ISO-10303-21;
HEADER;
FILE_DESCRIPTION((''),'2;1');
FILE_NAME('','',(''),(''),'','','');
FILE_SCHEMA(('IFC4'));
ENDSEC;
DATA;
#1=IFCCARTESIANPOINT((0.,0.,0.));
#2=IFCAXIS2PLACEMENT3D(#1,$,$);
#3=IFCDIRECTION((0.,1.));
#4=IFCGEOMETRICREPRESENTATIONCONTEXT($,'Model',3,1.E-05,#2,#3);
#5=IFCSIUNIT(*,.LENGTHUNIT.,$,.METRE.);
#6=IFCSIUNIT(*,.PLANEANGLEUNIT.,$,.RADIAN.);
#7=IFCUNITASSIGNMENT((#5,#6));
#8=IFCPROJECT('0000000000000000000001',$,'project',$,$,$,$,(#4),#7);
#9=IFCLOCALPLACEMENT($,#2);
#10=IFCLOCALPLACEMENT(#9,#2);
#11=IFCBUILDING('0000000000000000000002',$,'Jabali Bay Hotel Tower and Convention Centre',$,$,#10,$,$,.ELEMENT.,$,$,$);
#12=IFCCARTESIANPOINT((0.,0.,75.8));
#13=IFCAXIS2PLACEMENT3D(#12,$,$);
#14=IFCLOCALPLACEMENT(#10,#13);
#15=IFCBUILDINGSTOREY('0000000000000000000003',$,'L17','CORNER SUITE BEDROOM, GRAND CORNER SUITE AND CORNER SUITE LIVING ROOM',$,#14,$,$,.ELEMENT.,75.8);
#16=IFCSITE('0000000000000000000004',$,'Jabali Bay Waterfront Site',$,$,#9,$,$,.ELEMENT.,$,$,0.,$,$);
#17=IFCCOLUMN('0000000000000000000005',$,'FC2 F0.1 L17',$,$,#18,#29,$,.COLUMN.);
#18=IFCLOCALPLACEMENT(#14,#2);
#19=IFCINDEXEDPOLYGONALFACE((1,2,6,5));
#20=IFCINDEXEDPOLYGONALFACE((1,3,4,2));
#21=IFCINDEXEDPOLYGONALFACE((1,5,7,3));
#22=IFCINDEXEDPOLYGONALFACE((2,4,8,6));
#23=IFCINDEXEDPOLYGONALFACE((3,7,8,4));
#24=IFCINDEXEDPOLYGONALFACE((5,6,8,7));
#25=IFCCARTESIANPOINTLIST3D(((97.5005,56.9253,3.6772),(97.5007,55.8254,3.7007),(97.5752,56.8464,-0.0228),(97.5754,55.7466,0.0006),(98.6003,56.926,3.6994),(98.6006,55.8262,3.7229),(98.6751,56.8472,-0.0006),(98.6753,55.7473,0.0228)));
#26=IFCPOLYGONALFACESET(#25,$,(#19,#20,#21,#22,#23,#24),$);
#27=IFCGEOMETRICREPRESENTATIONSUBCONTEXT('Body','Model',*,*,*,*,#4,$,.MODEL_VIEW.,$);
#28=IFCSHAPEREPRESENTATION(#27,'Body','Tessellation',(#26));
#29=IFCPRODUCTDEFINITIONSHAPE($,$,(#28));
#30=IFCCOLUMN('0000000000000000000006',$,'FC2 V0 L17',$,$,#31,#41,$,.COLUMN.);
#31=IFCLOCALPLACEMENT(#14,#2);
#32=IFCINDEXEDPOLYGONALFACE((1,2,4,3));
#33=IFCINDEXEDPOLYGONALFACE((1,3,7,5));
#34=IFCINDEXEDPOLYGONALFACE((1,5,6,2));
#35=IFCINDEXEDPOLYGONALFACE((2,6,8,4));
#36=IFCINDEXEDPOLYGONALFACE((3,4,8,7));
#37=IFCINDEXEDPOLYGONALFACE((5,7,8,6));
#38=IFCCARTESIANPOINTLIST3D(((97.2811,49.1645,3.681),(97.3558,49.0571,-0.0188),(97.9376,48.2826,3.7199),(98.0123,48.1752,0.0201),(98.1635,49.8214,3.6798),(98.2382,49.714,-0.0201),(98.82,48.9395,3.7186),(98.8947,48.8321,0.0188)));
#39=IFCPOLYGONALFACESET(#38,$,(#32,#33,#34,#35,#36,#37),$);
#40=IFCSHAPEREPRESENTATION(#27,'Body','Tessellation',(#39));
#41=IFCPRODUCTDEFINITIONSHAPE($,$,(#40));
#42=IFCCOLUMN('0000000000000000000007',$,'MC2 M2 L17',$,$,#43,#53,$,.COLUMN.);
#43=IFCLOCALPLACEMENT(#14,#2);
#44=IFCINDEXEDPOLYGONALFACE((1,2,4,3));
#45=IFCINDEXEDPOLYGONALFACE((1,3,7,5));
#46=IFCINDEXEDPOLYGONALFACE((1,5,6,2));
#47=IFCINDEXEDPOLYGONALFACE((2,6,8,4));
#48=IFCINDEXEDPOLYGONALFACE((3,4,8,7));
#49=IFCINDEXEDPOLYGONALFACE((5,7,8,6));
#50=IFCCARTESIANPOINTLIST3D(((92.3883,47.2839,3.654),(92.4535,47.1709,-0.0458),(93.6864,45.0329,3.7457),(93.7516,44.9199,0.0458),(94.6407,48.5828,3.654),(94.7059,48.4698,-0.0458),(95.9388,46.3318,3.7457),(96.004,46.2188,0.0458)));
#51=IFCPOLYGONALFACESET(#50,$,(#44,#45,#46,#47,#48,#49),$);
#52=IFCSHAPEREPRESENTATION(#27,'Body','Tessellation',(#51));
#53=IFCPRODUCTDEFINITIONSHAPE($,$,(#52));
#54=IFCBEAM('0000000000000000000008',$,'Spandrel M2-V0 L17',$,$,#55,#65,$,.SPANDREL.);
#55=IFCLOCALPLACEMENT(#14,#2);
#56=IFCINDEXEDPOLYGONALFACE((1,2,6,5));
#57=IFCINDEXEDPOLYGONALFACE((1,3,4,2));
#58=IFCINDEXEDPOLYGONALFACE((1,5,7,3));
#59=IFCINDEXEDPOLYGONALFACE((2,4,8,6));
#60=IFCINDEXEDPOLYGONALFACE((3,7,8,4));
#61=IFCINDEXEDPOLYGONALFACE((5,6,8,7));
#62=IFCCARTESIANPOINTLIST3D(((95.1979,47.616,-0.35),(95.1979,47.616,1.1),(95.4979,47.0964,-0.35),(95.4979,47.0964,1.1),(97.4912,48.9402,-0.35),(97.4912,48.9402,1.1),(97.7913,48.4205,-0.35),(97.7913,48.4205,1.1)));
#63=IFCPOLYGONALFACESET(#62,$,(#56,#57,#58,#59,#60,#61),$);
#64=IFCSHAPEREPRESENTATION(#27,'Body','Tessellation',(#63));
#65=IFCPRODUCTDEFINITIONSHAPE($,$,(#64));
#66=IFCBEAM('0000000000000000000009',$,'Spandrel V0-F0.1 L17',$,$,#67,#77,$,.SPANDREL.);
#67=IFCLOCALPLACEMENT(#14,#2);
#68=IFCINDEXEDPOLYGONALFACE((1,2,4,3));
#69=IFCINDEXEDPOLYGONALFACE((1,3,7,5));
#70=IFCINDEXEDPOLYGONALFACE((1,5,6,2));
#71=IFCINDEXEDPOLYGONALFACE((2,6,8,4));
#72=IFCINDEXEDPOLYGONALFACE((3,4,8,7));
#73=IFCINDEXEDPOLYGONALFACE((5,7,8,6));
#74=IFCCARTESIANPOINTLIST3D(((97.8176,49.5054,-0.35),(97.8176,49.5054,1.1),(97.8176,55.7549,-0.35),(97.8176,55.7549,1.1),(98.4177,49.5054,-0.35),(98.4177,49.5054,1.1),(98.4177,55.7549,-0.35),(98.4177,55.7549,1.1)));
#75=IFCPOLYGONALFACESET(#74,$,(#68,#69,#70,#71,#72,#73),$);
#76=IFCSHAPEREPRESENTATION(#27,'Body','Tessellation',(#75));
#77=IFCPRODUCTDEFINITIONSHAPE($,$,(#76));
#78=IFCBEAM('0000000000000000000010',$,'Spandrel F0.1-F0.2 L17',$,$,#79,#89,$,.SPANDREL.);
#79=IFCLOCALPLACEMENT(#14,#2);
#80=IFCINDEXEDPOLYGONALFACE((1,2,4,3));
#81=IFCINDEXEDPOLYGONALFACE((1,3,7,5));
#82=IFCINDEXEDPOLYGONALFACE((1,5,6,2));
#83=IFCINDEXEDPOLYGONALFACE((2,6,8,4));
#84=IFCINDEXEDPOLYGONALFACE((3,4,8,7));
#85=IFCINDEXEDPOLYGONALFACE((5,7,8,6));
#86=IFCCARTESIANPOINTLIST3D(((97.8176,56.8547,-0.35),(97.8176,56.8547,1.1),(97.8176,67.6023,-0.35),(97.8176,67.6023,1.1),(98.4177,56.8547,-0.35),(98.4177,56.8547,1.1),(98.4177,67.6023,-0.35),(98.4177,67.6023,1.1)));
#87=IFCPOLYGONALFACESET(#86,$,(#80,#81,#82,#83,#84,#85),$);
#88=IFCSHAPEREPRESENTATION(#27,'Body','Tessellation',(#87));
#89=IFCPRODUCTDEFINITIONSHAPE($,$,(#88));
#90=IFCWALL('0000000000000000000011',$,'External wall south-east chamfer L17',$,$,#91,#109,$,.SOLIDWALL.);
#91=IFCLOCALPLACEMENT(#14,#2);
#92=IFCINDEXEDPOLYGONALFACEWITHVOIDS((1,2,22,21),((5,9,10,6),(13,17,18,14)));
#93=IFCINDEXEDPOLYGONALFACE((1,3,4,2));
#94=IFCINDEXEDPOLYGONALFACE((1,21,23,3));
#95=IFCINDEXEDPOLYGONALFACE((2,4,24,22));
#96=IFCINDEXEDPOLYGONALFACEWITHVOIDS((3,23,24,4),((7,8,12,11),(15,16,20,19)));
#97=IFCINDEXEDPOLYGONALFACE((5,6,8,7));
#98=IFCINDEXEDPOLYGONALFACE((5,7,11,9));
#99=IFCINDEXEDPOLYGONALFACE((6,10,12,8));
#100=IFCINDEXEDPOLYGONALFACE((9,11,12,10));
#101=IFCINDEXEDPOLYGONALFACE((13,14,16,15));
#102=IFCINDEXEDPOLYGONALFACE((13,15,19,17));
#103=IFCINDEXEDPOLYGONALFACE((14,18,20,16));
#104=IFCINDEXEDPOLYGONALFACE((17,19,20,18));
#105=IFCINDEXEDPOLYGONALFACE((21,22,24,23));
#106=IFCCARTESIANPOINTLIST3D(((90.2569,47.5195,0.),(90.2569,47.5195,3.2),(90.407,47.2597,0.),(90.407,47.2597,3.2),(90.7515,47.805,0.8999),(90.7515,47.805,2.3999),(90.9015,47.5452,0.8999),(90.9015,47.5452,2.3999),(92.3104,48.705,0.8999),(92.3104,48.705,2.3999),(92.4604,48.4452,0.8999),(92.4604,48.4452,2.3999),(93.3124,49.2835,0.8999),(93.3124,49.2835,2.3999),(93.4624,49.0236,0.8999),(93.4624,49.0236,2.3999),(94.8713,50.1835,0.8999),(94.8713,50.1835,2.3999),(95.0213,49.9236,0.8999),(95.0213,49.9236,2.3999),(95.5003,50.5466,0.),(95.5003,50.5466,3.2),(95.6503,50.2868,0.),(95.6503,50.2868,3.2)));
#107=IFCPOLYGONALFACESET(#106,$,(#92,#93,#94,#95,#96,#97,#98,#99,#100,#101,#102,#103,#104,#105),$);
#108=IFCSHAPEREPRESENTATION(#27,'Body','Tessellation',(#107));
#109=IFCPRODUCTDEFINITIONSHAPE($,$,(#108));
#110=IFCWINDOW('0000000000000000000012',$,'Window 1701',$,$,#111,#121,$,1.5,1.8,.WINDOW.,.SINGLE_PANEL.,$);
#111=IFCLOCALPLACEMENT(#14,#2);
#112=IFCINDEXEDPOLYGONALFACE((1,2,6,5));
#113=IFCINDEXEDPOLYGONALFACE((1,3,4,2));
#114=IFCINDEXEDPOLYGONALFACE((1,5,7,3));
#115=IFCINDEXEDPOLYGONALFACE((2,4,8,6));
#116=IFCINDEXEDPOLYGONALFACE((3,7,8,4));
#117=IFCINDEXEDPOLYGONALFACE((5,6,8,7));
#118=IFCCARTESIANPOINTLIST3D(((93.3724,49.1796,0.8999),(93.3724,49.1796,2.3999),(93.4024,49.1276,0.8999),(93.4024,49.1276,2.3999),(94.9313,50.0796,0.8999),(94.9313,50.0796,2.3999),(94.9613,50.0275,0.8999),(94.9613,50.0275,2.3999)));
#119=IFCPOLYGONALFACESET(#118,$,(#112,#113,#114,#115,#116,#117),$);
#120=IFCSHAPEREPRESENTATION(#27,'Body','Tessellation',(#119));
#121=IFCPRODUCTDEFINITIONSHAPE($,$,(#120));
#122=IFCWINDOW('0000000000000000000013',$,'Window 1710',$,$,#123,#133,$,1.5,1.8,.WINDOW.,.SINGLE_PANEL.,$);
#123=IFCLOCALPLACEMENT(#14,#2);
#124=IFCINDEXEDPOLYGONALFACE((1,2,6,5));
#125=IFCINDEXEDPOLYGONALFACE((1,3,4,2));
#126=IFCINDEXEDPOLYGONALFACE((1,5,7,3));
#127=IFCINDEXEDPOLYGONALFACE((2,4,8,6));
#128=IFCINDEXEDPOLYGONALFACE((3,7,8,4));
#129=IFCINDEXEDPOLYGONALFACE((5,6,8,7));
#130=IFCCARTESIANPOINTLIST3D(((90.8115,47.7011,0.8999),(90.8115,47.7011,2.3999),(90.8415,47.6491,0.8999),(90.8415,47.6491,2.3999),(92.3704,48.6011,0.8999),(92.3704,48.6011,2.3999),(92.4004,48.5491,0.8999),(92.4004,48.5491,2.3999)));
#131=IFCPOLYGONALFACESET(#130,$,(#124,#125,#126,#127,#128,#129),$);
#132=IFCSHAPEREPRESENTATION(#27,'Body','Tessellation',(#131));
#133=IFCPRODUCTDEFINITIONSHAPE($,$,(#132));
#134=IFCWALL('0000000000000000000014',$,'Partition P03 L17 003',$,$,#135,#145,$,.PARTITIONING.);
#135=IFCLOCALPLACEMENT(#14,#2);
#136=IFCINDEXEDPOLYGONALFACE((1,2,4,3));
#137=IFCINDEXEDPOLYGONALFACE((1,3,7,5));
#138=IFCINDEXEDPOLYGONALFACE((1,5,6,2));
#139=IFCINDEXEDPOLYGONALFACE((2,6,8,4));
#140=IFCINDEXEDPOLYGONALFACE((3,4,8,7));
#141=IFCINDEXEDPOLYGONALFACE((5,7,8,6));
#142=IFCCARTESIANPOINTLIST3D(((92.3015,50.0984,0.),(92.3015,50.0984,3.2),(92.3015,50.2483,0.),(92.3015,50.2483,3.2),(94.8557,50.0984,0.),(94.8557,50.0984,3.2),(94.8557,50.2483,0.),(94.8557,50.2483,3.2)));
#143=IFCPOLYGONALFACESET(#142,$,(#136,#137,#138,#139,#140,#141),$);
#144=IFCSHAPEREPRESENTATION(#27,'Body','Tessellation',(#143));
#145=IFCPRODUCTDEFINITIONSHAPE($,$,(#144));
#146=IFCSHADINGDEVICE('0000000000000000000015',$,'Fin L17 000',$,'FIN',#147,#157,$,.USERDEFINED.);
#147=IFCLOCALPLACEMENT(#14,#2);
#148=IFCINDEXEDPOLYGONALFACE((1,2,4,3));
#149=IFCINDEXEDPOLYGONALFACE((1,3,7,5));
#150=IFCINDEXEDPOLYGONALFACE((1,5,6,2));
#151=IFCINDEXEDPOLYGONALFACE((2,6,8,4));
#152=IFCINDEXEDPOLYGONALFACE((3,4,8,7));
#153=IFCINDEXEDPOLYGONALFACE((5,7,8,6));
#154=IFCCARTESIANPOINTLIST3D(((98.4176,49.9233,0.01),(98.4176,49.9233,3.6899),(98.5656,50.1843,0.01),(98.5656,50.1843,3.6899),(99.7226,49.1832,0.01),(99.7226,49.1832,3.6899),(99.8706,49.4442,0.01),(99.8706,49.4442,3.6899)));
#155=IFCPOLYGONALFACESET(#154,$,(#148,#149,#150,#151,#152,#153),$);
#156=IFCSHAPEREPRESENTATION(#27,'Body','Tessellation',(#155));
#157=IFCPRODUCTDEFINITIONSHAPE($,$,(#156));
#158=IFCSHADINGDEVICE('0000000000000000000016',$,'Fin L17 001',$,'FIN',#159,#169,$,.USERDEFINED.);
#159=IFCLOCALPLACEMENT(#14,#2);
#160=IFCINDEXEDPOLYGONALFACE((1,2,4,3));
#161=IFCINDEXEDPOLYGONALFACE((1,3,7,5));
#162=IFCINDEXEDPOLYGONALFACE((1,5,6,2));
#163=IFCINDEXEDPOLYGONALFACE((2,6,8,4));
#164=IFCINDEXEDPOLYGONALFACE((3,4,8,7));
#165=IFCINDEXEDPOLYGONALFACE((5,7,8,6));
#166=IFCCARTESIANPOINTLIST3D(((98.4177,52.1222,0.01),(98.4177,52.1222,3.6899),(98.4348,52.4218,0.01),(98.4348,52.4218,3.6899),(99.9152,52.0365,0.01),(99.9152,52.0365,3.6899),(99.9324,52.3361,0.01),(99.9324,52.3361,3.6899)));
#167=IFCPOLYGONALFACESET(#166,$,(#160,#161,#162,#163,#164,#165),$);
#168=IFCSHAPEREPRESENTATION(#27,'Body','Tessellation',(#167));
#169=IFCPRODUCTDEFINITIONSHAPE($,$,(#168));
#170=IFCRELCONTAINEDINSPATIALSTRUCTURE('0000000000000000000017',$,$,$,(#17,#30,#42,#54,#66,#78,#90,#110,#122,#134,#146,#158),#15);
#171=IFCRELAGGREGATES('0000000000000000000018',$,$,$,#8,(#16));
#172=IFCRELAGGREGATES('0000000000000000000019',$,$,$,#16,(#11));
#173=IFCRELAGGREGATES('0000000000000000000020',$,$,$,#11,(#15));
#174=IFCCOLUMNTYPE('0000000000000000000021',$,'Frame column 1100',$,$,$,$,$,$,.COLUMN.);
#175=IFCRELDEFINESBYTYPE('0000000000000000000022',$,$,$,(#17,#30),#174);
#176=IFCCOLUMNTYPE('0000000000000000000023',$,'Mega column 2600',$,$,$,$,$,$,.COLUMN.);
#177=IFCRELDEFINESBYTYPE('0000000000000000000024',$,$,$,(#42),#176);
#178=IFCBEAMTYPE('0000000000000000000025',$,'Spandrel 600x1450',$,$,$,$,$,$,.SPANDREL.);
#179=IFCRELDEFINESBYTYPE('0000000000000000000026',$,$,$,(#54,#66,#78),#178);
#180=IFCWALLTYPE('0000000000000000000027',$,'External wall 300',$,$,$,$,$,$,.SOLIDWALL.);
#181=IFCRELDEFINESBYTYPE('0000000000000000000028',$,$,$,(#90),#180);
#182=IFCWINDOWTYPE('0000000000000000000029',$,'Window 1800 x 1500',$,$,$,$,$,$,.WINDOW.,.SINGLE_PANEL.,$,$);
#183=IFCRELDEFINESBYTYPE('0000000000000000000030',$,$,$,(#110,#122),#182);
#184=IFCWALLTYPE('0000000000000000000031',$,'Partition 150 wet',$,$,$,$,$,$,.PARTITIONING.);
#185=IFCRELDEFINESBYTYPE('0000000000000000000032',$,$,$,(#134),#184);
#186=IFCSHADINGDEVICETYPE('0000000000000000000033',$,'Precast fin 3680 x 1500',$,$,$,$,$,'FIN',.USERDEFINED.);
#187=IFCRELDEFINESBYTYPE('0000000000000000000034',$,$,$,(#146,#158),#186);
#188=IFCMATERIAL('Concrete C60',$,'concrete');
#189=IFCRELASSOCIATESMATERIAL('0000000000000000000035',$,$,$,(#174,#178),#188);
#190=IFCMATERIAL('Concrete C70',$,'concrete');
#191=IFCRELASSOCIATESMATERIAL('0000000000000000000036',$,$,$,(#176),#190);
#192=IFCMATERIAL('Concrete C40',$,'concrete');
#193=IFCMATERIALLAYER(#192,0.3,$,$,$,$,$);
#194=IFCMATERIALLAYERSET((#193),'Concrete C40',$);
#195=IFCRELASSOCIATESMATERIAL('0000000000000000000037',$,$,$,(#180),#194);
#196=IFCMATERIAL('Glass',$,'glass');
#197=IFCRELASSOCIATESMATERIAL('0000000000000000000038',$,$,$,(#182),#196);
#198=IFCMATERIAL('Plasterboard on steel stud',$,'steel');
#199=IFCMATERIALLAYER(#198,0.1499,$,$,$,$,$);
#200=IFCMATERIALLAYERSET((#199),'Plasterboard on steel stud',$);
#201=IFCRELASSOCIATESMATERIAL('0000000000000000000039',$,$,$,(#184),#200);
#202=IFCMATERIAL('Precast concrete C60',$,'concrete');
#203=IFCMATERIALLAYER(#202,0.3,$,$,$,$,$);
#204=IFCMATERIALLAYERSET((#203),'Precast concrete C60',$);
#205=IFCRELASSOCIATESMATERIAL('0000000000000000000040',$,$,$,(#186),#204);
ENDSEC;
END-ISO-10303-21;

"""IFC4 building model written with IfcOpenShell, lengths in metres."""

from ifc_helpers import new_model, si_unit, direction, frame, frame_2d, origin, origin_2d, place, context, subcontext, project, spatial, rectangle, extrude, material, layer, layer_set, material_profile, profile_set, type_object, element, fill, save


model = new_model("IFC4")

# Units and contexts
model_context = context("Model", 3, precision=1e-05, world=origin(), true_north=direction((0.0, 1.0)))
body_context = subcontext(model_context, "Body", "Model", "MODEL_VIEW")
ifc_project = project(units=[si_unit("LENGTHUNIT", "METRE"), si_unit("PLANEANGLEUNIT", "RADIAN")], contexts=[model_context])

# Site, building, storey
site_placement = place(None, origin())
site = spatial("IfcSite", under=ifc_project, at=site_placement, Name="Jabali Bay Waterfront Site", CompositionType="ELEMENT", RefElevation=0.0)
building_placement = place(site_placement, origin())
building = spatial("IfcBuilding", under=site, at=building_placement, Name="Jabali Bay Hotel Tower and Convention Centre", CompositionType="ELEMENT")
storey_placement = place(building_placement, frame((0.0, 0.0, 75.8)))
storey = spatial("IfcBuildingStorey", under=building, at=storey_placement, Name="L17", Description="CORNER SUITE BEDROOM, GRAND CORNER SUITE AND CORNER SUITE LIVING ROOM", CompositionType="ELEMENT", Elevation=75.8)

# Columns
ifc_material_1 = material(Name="Concrete C60", Category="concrete")
ifc_material_profile_1 = material_profile(ifc_material_1, rectangle(XDim=1.1001, YDim=1.1001, at=origin_2d()), Name="Frame column 1100")
ifc_profile_set_1 = profile_set([ifc_material_profile_1], Name="Concrete C60")
column_type_1 = type_object("IfcColumnType", Name="Frame column 1100", PredefinedType="COLUMN", material=ifc_profile_set_1)
column_1_placement = place(storey_placement, frame((98.1252, 56.2969, 0.0), z_axis=(-0.020183, 0.021304, 0.999569), x_axis=(0.000228, -0.999773, 0.021313)))
element("IfcColumn", 1, at=column_1_placement, inside=storey, type_object=column_type_1, Name="FC2 F0.1 L17", PredefinedType="COLUMN", context=body_context, shape_type="SweptSolid", body=[
    extrude(rectangle(XDim=1.1001, YDim=1.1001, at=origin_2d()), origin(), (0.0, 0.0, 1.0), 3.7017),
])
column_2_placement = place(storey_placement, frame((98.1252, 48.9446, 0.0), z_axis=(-0.020179, 0.029015, 0.999375), x_axis=(-0.802162, -0.597105, 0.001139)))
element("IfcColumn", 2, at=column_2_placement, inside=storey, type_object=column_type_1, Name="FC2 V0 L17", PredefinedType="COLUMN", context=body_context, shape_type="SweptSolid", body=[
    extrude(rectangle(XDim=1.1001, YDim=1.1001, at=origin_2d()), origin(), (0.0, 0.0, 1.0), 3.7021),
])
ifc_material_2 = material(Name="Concrete C70", Category="concrete")
ifc_material_profile_2 = material_profile(ifc_material_2, rectangle(XDim=2.6001, YDim=2.6001, at=origin_2d()), Name="Mega column 2600")
ifc_profile_set_2 = profile_set([ifc_material_profile_2], Name="Concrete C70")
column_type_2 = type_object("IfcColumnType", Name="Mega column 2600", PredefinedType="COLUMN", material=ifc_profile_set_2)
column_3_placement = place(storey_placement, frame((94.2288, 46.6948, 0.0), z_axis=(-0.017607, 0.030532, 0.999379), x_axis=(0.49925, -0.865741, 0.035245)))
element("IfcColumn", 3, at=column_3_placement, inside=storey, type_object=column_type_2, Name="MC2 M2 L17", PredefinedType="COLUMN", context=body_context, shape_type="SweptSolid", body=[
    extrude(rectangle(XDim=2.6001, YDim=2.6001, at=origin_2d()), origin(), (0.0, 0.0, 1.0), 3.7021),
])

# Beams
ifc_material_profile_3 = material_profile(ifc_material_1, rectangle(XDim=0.6001, YDim=1.45, at=origin_2d()), Name="Spandrel 600x1450")
ifc_profile_set_3 = profile_set([ifc_material_profile_3], Name="Concrete C60")
beam_type = type_object("IfcBeamType", Name="Spandrel 600x1450", PredefinedType="SPANDREL", material=ifc_profile_set_3)
beam_1_placement = place(storey_placement, frame((95.3479, 47.3562, 0.375), z_axis=(0.866011, 0.500026, 0.0), x_axis=(-0.500026, 0.866011, 0.0)))
element("IfcBeam", 4, at=beam_1_placement, inside=storey, type_object=beam_type, Name="Spandrel M2-V0 L17", PredefinedType="SPANDREL", context=body_context, shape_type="SweptSolid", body=[
    extrude(rectangle(XDim=0.6001, YDim=1.45, at=origin_2d()), origin(), (0.0, 0.0, 1.0), 2.6482),
])
beam_2_placement = place(storey_placement, frame((98.1177, 49.5054, 0.375), z_axis=(0.0, 1.0, 0.0), x_axis=(-1.0, 0.0, 0.0)))
element("IfcBeam", 5, at=beam_2_placement, inside=storey, type_object=beam_type, Name="Spandrel V0-F0.1 L17", PredefinedType="SPANDREL", context=body_context, shape_type="SweptSolid", body=[
    extrude(rectangle(XDim=0.6001, YDim=1.45, at=origin_2d()), origin(), (0.0, 0.0, 1.0), 6.2495),
])
beam_3_placement = place(storey_placement, frame((98.1177, 56.8547, 0.375), z_axis=(0.0, 1.0, 0.0), x_axis=(-1.0, 0.0, 0.0)))
element("IfcBeam", 6, at=beam_3_placement, inside=storey, type_object=beam_type, Name="Spandrel F0.1-F0.2 L17", PredefinedType="SPANDREL", context=body_context, shape_type="SweptSolid", body=[
    extrude(rectangle(XDim=0.6001, YDim=1.45, at=origin_2d()), origin(), (0.0, 0.0, 1.0), 10.7476),
])

# Wall, openings, windows
ifc_material_3 = material(Name="Concrete C40", Category="concrete")
ifc_layer_1 = layer(ifc_material_3, 0.3)
ifc_layer_set_1 = layer_set([ifc_layer_1], Name="Concrete C40")
wall_type_1 = type_object("IfcWallType", Name="External wall 300", PredefinedType="SOLIDWALL", material=ifc_layer_set_1)
wall_1_placement = place(storey_placement, frame((95.5754, 50.4167, 0.0), z_axis=(0.0, 0.0, 1.0), x_axis=(-0.866039, -0.499977, 0.0)))
wall_1 = element("IfcWall", 7, at=wall_1_placement, inside=storey, type_object=wall_type_1, Name="External wall south-east chamfer L17", PredefinedType="SOLIDWALL", context=body_context, shape_type="SweptSolid", body=[
    extrude(rectangle(XDim=6.0544, YDim=0.3, at=frame_2d((3.0273, 0.0))), origin(), (0.0, 0.0, 1.0), 3.2),
])
opening_1_placement = place(wall_1_placement, frame((0.7266, 0.0, 0.8999)))
opening_1 = element("IfcOpeningElement", 8, at=opening_1_placement, cuts=wall_1, PredefinedType="OPENING", context=body_context, shape_type="SweptSolid", body=[
    extrude(rectangle(XDim=1.8, YDim=1.5, at=frame_2d((0.8999, 0.75))), frame((0.0, 0.1606, 0.0), z_axis=(0.0, -1.0, 0.0), x_axis=(1.0, 0.0, 0.0)), (0.0, 0.0, 1.0), 0.321),
])
opening_2_placement = place(wall_1_placement, frame((3.6836, 0.0, 0.8999)))
opening_2 = element("IfcOpeningElement", 9, at=opening_2_placement, cuts=wall_1, PredefinedType="OPENING", context=body_context, shape_type="SweptSolid", body=[
    extrude(rectangle(XDim=1.8, YDim=1.5, at=frame_2d((0.8999, 0.75))), frame((0.0, 0.1606, 0.0), z_axis=(0.0, -1.0, 0.0), x_axis=(1.0, 0.0, 0.0)), (0.0, 0.0, 1.0), 0.321),
])
ifc_material_4 = material(Name="Glass", Category="glass")
window_type = type_object("IfcWindowType", Name="Window 1800 x 1500", PartitioningType="SINGLE_PANEL", PredefinedType="WINDOW", material=ifc_material_4)
window_1_placement = place(opening_1_placement, origin())
window_1 = element("IfcWindow", 10, at=window_1_placement, inside=storey, type_object=window_type, Name="Window 1701", OverallHeight=1.5, OverallWidth=1.8, PartitioningType="SINGLE_PANEL", PredefinedType="WINDOW", context=body_context, shape_type="SweptSolid", body=[
    extrude(rectangle(XDim=1.8, YDim=1.5, at=frame_2d((0.8999, 0.75))), frame((0.0, 0.03, 0.0), z_axis=(0.0, -1.0, 0.0), x_axis=(1.0, 0.0, 0.0)), (0.0, 0.0, 1.0), 0.0601),
])
fill(opening_1, window_1)
window_2_placement = place(opening_2_placement, origin())
window_2 = element("IfcWindow", 11, at=window_2_placement, inside=storey, type_object=window_type, Name="Window 1710", OverallHeight=1.5, OverallWidth=1.8, PartitioningType="SINGLE_PANEL", PredefinedType="WINDOW", context=body_context, shape_type="SweptSolid", body=[
    extrude(rectangle(XDim=1.8, YDim=1.5, at=frame_2d((0.8999, 0.75))), frame((0.0, 0.03, 0.0), z_axis=(0.0, -1.0, 0.0), x_axis=(1.0, 0.0, 0.0)), (0.0, 0.0, 1.0), 0.0601),
])
fill(opening_2, window_2)

# Wall
ifc_material_5 = material(Name="Plasterboard on steel stud", Category="steel")
ifc_layer_2 = layer(ifc_material_5, 0.1499)
ifc_layer_set_2 = layer_set([ifc_layer_2], Name="Plasterboard on steel stud")
wall_type_2 = type_object("IfcWallType", Name="Partition 150 wet", PredefinedType="PARTITIONING", material=ifc_layer_set_2)
wall_2_placement = place(storey_placement, frame((94.8557, 50.1733, 0.0), z_axis=(0.0, 0.0, 1.0), x_axis=(-1.0, 0.0, 0.0)))
element("IfcWall", 12, at=wall_2_placement, inside=storey, type_object=wall_type_2, Name="Partition P03 L17 003", PredefinedType="PARTITIONING", context=body_context, shape_type="SweptSolid", body=[
    extrude(rectangle(XDim=2.5542, YDim=0.1499, at=frame_2d((1.2771, 0.0))), origin(), (0.0, 0.0, 1.0), 3.2),
])

# Shading devices
ifc_material_6 = material(Name="Precast concrete C60", Category="concrete")
ifc_layer_3 = layer(ifc_material_6, 0.3)
ifc_layer_set_3 = layer_set([ifc_layer_3], Name="Precast concrete C60")
shading_device_type = type_object("IfcShadingDeviceType", Name="Precast fin 3680 x 1500", ElementType="FIN", PredefinedType="USERDEFINED", material=ifc_layer_set_3)
shading_device_1_placement = place(storey_placement, frame((98.4917, 50.0537, 0.01), z_axis=(0.0, 0.0, 1.0), x_axis=(0.869871, -0.493279, 0.0)))
element("IfcShadingDevice", 13, at=shading_device_1_placement, inside=storey, type_object=shading_device_type, Name="Fin L17 000", ObjectType="FIN", PredefinedType="USERDEFINED", context=body_context, shape_type="SweptSolid", body=[
    extrude(rectangle(XDim=1.5002, YDim=0.3, at=frame_2d((0.75, 0.0))), origin(), (0.0, 0.0, 1.0), 3.6799),
])
for number, where, z_axis, x_axis, name in (
    (14, (98.4263, 52.272, 0.01), (0.0, 0.0, 1.0), (0.998367, -0.057129, 0.0), "Fin L17 001"),
):
    element("IfcShadingDevice", number, at=place(storey_placement, frame(where, z_axis=z_axis, x_axis=x_axis)), inside=storey, type_object=shading_device_type, Name=name, ObjectType="FIN", PredefinedType="USERDEFINED", context=body_context, shape_type="SweptSolid", body=[
        extrude(rectangle(XDim=1.5, YDim=0.3, at=frame_2d((0.75, 0.0))), origin(), (0.0, 0.0, 1.0), 3.6799),
    ])

save(model, "model.ifc")
